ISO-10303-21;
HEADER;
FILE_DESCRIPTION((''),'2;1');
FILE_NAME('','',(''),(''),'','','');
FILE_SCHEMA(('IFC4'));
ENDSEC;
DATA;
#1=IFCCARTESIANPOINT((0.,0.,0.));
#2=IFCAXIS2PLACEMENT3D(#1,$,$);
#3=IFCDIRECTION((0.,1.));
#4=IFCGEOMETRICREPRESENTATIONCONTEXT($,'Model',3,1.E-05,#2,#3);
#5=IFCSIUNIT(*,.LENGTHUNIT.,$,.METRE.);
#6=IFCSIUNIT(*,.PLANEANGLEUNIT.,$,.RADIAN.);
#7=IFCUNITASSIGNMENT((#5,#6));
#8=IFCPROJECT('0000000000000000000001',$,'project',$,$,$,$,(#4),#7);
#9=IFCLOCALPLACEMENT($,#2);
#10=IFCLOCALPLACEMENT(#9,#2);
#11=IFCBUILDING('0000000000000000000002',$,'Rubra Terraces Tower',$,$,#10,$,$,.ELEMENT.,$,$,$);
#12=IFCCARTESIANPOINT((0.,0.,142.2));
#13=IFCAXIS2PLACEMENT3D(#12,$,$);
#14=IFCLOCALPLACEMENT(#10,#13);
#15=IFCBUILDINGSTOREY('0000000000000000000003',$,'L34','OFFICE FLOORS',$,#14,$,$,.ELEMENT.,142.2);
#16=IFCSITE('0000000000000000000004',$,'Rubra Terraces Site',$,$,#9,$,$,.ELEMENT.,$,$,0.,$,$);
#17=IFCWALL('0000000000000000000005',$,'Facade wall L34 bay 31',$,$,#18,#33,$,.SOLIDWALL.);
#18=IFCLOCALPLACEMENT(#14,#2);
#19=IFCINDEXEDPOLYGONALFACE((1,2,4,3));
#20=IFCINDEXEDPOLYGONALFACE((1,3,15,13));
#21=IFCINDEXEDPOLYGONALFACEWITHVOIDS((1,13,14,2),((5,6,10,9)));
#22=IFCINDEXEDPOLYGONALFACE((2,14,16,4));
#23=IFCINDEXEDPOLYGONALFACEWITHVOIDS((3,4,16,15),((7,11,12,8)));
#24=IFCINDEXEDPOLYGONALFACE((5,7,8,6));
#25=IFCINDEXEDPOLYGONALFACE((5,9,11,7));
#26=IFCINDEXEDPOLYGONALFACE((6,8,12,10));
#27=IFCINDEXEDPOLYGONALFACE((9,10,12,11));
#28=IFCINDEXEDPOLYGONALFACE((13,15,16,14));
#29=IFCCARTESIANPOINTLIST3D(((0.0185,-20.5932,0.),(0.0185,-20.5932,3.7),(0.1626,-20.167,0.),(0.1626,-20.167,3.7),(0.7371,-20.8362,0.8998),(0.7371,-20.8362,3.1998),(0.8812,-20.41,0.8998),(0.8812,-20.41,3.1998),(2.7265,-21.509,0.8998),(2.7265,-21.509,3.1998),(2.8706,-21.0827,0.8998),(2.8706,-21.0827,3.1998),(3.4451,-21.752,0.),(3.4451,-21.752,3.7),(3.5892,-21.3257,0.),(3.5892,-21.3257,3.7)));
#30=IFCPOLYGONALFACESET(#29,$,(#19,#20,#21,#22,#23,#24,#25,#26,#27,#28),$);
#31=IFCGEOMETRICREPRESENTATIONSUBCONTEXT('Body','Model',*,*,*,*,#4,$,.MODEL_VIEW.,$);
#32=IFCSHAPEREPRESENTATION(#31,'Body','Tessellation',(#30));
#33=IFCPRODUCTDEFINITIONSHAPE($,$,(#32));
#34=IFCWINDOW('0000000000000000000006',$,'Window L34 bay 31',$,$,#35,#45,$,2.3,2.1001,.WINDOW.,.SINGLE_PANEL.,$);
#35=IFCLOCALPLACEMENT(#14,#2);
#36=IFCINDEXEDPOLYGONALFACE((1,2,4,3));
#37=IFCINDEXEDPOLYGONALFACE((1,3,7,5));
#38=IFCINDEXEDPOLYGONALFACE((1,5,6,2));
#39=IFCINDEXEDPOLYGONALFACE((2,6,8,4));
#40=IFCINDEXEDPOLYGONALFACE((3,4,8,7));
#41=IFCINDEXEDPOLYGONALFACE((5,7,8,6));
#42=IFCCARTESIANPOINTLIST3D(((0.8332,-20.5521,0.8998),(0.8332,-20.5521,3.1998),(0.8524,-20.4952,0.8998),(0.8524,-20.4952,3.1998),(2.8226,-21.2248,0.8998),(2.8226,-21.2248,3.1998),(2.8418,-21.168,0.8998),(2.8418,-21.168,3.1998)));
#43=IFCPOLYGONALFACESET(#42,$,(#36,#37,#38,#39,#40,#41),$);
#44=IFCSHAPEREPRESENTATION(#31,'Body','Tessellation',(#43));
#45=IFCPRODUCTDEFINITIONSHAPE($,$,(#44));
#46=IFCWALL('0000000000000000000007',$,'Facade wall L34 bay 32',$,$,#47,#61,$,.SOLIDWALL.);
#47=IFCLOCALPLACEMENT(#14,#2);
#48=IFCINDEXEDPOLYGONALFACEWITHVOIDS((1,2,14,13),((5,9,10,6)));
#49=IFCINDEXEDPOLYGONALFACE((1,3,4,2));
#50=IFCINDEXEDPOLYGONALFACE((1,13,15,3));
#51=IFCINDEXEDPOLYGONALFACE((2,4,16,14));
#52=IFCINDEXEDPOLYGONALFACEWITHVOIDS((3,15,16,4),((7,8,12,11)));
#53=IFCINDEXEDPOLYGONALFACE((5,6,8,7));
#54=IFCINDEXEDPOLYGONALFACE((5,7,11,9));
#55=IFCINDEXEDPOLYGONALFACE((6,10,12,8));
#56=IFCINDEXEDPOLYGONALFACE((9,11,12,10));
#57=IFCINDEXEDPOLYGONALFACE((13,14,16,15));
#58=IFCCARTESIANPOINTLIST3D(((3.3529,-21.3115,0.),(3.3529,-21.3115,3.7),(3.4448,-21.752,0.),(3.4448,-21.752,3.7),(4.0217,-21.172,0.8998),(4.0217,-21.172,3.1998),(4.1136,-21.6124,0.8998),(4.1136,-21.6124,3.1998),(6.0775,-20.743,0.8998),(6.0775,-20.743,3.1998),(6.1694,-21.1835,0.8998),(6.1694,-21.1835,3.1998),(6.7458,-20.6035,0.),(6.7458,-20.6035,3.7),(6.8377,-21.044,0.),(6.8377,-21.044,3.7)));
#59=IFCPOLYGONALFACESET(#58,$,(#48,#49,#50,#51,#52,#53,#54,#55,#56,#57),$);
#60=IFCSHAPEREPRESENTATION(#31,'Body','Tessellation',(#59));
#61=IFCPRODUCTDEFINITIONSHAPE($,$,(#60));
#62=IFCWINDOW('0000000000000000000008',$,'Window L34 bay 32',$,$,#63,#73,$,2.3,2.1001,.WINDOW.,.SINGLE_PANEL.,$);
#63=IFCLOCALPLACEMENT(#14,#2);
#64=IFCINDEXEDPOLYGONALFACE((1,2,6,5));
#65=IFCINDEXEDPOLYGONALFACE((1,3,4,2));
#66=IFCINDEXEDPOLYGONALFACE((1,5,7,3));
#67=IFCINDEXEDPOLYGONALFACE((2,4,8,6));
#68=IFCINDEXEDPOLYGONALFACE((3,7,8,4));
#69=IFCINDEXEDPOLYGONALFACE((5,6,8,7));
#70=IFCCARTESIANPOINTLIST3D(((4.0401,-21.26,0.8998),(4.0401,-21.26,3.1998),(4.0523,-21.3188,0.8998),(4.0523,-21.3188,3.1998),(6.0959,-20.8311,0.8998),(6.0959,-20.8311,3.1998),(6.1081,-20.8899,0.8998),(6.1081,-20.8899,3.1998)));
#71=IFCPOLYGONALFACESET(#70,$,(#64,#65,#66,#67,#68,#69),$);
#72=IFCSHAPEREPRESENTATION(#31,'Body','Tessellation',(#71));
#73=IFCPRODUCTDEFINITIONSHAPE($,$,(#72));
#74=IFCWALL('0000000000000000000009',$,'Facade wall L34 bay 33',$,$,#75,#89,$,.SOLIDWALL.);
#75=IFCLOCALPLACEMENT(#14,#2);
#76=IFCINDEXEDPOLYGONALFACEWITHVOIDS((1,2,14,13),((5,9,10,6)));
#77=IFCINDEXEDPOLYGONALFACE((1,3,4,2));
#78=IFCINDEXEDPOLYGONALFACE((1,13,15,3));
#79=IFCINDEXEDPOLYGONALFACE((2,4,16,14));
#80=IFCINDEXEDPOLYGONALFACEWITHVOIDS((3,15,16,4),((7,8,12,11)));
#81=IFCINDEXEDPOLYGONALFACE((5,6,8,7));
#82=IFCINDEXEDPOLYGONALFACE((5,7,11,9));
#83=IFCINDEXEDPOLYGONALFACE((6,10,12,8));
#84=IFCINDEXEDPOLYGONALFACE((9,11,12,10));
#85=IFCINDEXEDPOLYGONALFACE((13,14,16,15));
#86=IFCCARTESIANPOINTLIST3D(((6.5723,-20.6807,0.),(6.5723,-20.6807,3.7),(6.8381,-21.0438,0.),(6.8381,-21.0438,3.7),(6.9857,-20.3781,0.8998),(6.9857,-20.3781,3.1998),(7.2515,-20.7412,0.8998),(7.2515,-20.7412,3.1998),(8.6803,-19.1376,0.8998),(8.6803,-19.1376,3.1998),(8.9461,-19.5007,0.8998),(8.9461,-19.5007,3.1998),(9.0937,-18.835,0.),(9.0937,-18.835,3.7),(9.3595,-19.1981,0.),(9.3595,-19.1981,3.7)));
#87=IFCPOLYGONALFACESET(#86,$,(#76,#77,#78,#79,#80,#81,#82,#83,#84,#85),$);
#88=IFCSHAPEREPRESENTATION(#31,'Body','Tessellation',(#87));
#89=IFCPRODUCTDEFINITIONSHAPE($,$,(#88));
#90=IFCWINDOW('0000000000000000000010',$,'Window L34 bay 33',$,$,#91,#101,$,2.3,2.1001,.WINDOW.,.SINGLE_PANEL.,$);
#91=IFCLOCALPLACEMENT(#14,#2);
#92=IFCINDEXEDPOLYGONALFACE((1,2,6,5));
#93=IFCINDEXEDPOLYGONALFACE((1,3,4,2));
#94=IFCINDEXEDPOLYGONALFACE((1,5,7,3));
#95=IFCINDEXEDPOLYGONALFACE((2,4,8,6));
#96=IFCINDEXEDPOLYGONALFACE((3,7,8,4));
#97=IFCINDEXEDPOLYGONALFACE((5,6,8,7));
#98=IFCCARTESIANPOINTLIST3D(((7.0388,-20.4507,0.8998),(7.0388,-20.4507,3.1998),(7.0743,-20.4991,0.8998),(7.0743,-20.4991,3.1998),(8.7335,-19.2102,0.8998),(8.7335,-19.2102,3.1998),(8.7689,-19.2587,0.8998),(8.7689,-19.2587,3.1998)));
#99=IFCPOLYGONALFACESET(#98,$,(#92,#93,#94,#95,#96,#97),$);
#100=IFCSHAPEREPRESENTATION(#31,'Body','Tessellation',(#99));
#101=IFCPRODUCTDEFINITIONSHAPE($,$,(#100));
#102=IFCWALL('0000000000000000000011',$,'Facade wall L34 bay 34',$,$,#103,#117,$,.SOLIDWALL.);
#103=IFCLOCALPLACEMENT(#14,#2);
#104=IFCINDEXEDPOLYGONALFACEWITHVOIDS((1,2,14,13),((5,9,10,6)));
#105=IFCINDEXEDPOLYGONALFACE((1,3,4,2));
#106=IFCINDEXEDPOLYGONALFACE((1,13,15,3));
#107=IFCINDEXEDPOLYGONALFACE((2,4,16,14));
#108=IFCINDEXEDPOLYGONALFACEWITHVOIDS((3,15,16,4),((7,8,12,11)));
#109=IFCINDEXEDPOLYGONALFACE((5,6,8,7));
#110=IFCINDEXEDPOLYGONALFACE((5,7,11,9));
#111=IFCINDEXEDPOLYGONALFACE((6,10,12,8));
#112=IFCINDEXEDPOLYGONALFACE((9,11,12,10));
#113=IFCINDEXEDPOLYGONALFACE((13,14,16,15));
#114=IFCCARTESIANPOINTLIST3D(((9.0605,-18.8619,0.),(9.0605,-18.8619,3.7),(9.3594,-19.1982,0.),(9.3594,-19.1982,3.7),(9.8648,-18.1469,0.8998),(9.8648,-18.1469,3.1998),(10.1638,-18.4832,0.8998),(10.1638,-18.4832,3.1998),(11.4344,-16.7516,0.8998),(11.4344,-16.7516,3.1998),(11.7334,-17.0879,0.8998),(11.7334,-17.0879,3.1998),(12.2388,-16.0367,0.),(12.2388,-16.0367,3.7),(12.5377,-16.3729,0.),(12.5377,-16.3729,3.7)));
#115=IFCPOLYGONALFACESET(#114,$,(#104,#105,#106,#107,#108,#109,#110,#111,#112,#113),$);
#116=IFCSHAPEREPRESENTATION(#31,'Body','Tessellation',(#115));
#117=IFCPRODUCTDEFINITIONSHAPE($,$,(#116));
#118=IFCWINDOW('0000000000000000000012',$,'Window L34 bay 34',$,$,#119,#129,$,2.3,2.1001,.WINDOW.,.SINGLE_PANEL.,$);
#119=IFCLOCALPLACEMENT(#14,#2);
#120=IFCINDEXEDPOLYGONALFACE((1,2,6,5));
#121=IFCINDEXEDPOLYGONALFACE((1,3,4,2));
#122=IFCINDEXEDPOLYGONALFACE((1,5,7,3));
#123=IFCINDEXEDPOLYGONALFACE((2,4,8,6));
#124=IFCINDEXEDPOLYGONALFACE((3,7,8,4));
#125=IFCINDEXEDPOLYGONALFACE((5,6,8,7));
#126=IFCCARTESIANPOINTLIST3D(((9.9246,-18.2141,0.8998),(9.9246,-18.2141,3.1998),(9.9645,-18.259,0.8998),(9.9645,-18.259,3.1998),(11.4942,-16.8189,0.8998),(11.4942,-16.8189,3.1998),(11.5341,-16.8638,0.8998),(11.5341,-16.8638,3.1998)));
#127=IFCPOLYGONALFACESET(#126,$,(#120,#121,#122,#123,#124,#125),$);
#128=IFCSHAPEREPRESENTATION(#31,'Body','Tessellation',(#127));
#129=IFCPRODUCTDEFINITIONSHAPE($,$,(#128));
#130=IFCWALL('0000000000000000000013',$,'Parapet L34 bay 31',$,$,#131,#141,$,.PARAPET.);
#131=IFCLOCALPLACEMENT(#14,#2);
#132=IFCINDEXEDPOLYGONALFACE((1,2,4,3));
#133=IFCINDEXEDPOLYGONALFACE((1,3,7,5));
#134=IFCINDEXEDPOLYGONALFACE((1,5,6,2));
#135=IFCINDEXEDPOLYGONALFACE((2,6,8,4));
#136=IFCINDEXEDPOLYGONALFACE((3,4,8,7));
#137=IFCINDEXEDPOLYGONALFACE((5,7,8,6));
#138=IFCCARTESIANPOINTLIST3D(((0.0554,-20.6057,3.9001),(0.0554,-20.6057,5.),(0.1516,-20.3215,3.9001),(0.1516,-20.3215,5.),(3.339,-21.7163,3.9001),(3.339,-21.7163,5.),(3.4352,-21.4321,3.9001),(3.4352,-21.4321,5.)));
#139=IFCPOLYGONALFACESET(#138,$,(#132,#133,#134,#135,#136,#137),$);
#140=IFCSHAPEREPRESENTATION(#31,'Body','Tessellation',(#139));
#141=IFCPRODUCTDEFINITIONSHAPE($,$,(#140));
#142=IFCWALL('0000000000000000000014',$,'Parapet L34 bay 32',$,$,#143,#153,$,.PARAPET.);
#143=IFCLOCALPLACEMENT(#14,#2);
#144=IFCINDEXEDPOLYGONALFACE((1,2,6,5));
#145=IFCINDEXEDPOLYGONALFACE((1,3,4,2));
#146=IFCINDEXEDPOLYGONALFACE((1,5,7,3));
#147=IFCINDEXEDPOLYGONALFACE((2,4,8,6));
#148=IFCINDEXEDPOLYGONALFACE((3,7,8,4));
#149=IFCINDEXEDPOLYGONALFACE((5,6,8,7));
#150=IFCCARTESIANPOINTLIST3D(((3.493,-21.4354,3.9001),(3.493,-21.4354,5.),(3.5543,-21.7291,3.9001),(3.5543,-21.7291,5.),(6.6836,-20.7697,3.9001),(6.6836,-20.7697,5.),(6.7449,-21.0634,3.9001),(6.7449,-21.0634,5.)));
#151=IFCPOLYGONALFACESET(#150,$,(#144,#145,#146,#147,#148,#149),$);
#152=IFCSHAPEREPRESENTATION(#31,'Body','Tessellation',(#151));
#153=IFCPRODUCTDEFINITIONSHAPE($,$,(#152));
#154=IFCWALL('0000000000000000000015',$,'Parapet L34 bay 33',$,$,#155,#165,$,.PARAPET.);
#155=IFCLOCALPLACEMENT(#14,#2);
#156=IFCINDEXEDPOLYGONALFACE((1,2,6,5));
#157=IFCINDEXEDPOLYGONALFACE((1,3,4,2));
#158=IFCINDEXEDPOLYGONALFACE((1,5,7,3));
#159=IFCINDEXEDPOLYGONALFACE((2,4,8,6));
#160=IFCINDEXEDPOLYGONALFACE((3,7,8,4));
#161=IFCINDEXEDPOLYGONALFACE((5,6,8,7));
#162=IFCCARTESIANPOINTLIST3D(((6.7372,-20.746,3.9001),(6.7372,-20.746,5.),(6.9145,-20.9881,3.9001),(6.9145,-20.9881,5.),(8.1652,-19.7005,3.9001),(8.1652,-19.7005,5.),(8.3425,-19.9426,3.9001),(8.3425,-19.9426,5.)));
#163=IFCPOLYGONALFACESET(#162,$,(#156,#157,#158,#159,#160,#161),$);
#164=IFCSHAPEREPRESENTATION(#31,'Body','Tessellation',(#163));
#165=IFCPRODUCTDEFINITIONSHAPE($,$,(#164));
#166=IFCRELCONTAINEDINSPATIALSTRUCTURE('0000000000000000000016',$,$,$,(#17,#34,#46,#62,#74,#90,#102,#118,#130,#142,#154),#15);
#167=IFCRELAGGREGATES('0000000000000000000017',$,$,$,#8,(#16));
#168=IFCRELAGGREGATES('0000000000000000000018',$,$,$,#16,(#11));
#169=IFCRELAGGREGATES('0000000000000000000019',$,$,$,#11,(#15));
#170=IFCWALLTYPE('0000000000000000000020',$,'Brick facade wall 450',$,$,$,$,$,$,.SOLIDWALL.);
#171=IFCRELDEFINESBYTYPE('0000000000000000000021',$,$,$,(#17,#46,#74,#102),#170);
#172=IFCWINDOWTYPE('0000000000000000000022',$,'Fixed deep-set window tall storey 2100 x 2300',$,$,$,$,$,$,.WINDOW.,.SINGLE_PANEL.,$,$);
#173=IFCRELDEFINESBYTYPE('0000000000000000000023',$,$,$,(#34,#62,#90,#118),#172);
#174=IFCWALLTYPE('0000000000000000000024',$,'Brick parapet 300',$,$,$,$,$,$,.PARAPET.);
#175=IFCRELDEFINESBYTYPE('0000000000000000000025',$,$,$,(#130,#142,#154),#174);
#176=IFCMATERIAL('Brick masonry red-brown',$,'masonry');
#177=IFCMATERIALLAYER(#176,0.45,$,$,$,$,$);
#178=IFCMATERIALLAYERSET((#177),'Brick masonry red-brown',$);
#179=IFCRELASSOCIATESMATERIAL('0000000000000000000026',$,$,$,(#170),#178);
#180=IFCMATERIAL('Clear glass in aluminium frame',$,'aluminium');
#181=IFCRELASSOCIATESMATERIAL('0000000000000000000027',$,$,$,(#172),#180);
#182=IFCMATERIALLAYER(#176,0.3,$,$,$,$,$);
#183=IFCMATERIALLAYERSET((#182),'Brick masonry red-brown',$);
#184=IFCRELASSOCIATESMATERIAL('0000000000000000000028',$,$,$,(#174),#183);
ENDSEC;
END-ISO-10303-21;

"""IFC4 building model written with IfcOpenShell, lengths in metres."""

from ifc_helpers import new_model, si_unit, direction, frame, frame_2d, origin, place, context, subcontext, project, spatial, rectangle, extrude, material, layer, layer_set, type_object, element, fill, save


model = new_model("IFC4")

# Units and contexts
model_context = context("Model", 3, precision=1e-05, world=origin(), true_north=direction((0.0, 1.0)))
body_context = subcontext(model_context, "Body", "Model", "MODEL_VIEW")
ifc_project = project(units=[si_unit("LENGTHUNIT", "METRE"), si_unit("PLANEANGLEUNIT", "RADIAN")], contexts=[model_context])

# Site, building, storey
site_placement = place(None, origin())
site = spatial("IfcSite", under=ifc_project, at=site_placement, Name="Rubra Terraces Site", CompositionType="ELEMENT", RefElevation=0.0)
building_placement = place(site_placement, origin())
building = spatial("IfcBuilding", under=site, at=building_placement, Name="Rubra Terraces Tower", CompositionType="ELEMENT")
storey_placement = place(building_placement, frame((0.0, 0.0, 142.2)))
storey = spatial("IfcBuildingStorey", under=building, at=storey_placement, Name="L34", Description="OFFICE FLOORS", CompositionType="ELEMENT", Elevation=142.2)

# Walls, openings, windows
ifc_material_1 = material(Name="Brick masonry red-brown", Category="masonry")
ifc_layer_1 = layer(ifc_material_1, 0.45)
ifc_layer_set_1 = layer_set([ifc_layer_1], Name="Brick masonry red-brown")
wall_type_1 = type_object("IfcWallType", Name="Brick facade wall 450", PredefinedType="SOLIDWALL", material=ifc_layer_set_1)
wall_1_placement = place(storey_placement, frame((0.0906, -20.3801, 0.0), z_axis=(0.0, 0.0, 1.0), x_axis=(0.947304, -0.320335, 0.0)))
wall_1 = element("IfcWall", 1, at=wall_1_placement, inside=storey, type_object=wall_type_1, Name="Facade wall L34 bay 31", PredefinedType="SOLIDWALL", context=body_context, shape_type="SweptSolid", body=[
    extrude(rectangle(XDim=3.6172, YDim=0.45, at=frame_2d((1.8086, 0.0))), origin(), (0.0, 0.0, 1.0), 3.7),
])
opening_1_placement = place(wall_1_placement, frame((0.7585, 0.0, 0.8999)))
opening_1 = element("IfcOpeningElement", 2, at=opening_1_placement, cuts=wall_1, PredefinedType="OPENING", context=body_context, shape_type="SweptSolid", body=[
    extrude(rectangle(XDim=2.1001, YDim=2.3, at=frame_2d((1.05, 1.1499))), frame((0.0, 0.2349, 0.0), z_axis=(0.0, -1.0, 0.0), x_axis=(1.0, 0.0, 0.0)), (0.0, 0.0, 1.0), 0.47),
])
ifc_material_2 = material(Name="Clear glass in aluminium frame", Category="aluminium")
window_type = type_object("IfcWindowType", Name="Fixed deep-set window tall storey 2100 x 2300", PartitioningType="SINGLE_PANEL", PredefinedType="WINDOW", material=ifc_material_2)
window_1_placement = place(opening_1_placement, origin())
window_1 = element("IfcWindow", 3, at=window_1_placement, inside=storey, type_object=window_type, Name="Window L34 bay 31", OverallHeight=2.3, OverallWidth=2.1001, PartitioningType="SINGLE_PANEL", PredefinedType="WINDOW", context=body_context, shape_type="SweptSolid", body=[
    extrude(rectangle(XDim=2.1001, YDim=2.3, at=frame_2d((1.05, 1.1499))), frame((0.0, 0.135, 0.0), z_axis=(0.0, -1.0, 0.0), x_axis=(1.0, 0.0, 0.0)), (0.0, 0.0, 1.0), 0.0601),
])
fill(opening_1, window_1)
wall_2_placement = place(storey_placement, frame((3.3989, -21.5317, 0.0), z_axis=(0.0, 0.0, 1.0), x_axis=(0.978916, 0.204264, 0.0)))
wall_2 = element("IfcWall", 4, at=wall_2_placement, inside=storey, type_object=wall_type_1, Name="Facade wall L34 bay 32", PredefinedType="SOLIDWALL", context=body_context, shape_type="SweptSolid", body=[
    extrude(rectangle(XDim=3.4661, YDim=0.45, at=frame_2d((1.7329, 0.0))), origin(), (0.0, 0.0, 1.0), 3.7),
])
opening_2_placement = place(wall_2_placement, frame((0.6831, 0.0, 0.8999)))
opening_2 = element("IfcOpeningElement", 5, at=opening_2_placement, cuts=wall_2, PredefinedType="OPENING", context=body_context, shape_type="SweptSolid", body=[
    extrude(rectangle(XDim=2.1001, YDim=2.3, at=frame_2d((1.05, 1.1499))), frame((0.0, 0.2349, 0.0), z_axis=(0.0, -1.0, 0.0), x_axis=(1.0, 0.0, 0.0)), (0.0, 0.0, 1.0), 0.47),
])
window_2_placement = place(opening_2_placement, origin())
window_2 = element("IfcWindow", 6, at=window_2_placement, inside=storey, type_object=window_type, Name="Window L34 bay 32", OverallHeight=2.3, OverallWidth=2.1001, PartitioningType="SINGLE_PANEL", PredefinedType="WINDOW", context=body_context, shape_type="SweptSolid", body=[
    extrude(rectangle(XDim=2.1001, YDim=2.3, at=frame_2d((1.05, 1.1499))), frame((0.0, 0.135, 0.0), z_axis=(0.0, -1.0, 0.0), x_axis=(1.0, 0.0, 0.0)), (0.0, 0.0, 1.0), 0.0601),
])
fill(opening_2, window_2)
wall_3_placement = place(storey_placement, frame((6.7051, -20.8623, 0.0), z_axis=(0.0, 0.0, 1.0), x_axis=(0.806921, 0.590659, 0.0)))
wall_3 = element("IfcWall", 7, at=wall_3_placement, inside=storey, type_object=wall_type_1, Name="Facade wall L34 bay 33", PredefinedType="SOLIDWALL", context=body_context, shape_type="SweptSolid", body=[
    extrude(rectangle(XDim=3.1248, YDim=0.45, at=frame_2d((1.5625, 0.0))), origin(), (0.0, 0.0, 1.0), 3.7),
])
opening_3_placement = place(wall_3_placement, frame((0.5125, 0.0, 0.8999)))
opening_3 = element("IfcOpeningElement", 8, at=opening_3_placement, cuts=wall_3, PredefinedType="OPENING", context=body_context, shape_type="SweptSolid", body=[
    extrude(rectangle(XDim=2.1001, YDim=2.3, at=frame_2d((1.05, 1.1499))), frame((0.0, 0.2349, 0.0), z_axis=(0.0, -1.0, 0.0), x_axis=(1.0, 0.0, 0.0)), (0.0, 0.0, 1.0), 0.47),
])
window_3_placement = place(opening_3_placement, origin())
window_3 = element("IfcWindow", 9, at=window_3_placement, inside=storey, type_object=window_type, Name="Window L34 bay 33", OverallHeight=2.3, OverallWidth=2.1001, PartitioningType="SINGLE_PANEL", PredefinedType="WINDOW", context=body_context, shape_type="SweptSolid", body=[
    extrude(rectangle(XDim=2.1001, YDim=2.3, at=frame_2d((1.05, 1.1499))), frame((0.0, 0.135, 0.0), z_axis=(0.0, -1.0, 0.0), x_axis=(1.0, 0.0, 0.0)), (0.0, 0.0, 1.0), 0.0601),
])
fill(opening_3, window_3)
wall_4_placement = place(storey_placement, frame((9.21, -19.03, 0.0), z_axis=(0.0, 0.0, 1.0), x_axis=(0.747397, 0.664378, 0.0)))
wall_4 = element("IfcWall", 10, at=wall_4_placement, inside=storey, type_object=wall_type_1, Name="Facade wall L34 bay 34", PredefinedType="SOLIDWALL", context=body_context, shape_type="SweptSolid", body=[
    extrude(rectangle(XDim=4.2524, YDim=0.45, at=frame_2d((2.1262, 0.0))), origin(), (0.0, 0.0, 1.0), 3.7),
])
opening_4_placement = place(wall_4_placement, frame((1.0762, 0.0, 0.8999)))
opening_4 = element("IfcOpeningElement", 11, at=opening_4_placement, cuts=wall_4, PredefinedType="OPENING", context=body_context, shape_type="SweptSolid", body=[
    extrude(rectangle(XDim=2.1001, YDim=2.3, at=frame_2d((1.05, 1.1499))), frame((0.0, 0.2349, 0.0), z_axis=(0.0, -1.0, 0.0), x_axis=(1.0, 0.0, 0.0)), (0.0, 0.0, 1.0), 0.47),
])
window_4_placement = place(opening_4_placement, origin())
window_4 = element("IfcWindow", 12, at=window_4_placement, inside=storey, type_object=window_type, Name="Window L34 bay 34", OverallHeight=2.3, OverallWidth=2.1001, PartitioningType="SINGLE_PANEL", PredefinedType="WINDOW", context=body_context, shape_type="SweptSolid", body=[
    extrude(rectangle(XDim=2.1001, YDim=2.3, at=frame_2d((1.05, 1.1499))), frame((0.0, 0.135, 0.0), z_axis=(0.0, -1.0, 0.0), x_axis=(1.0, 0.0, 0.0)), (0.0, 0.0, 1.0), 0.0601),
])
fill(opening_4, window_4)

# Walls
ifc_layer_2 = layer(ifc_material_1, 0.3)
ifc_layer_set_2 = layer_set([ifc_layer_2], Name="Brick masonry red-brown")
wall_type_2 = type_object("IfcWallType", Name="Brick parapet 300", PredefinedType="PARAPET", material=ifc_layer_set_2)
wall_5_placement = place(storey_placement, frame((0.1035, -20.4636, 3.9001), z_axis=(0.0, 0.0, 1.0), x_axis=(0.947287, -0.320387, 0.0)))
element("IfcWall", 13, at=wall_5_placement, inside=storey, type_object=wall_type_2, Name="Parapet L34 bay 31", PredefinedType="PARAPET", context=body_context, shape_type="SweptSolid", body=[
    extrude(rectangle(XDim=3.4663, YDim=0.3, at=frame_2d((1.7332, 0.0))), origin(), (0.0, 0.0, 1.0), 1.0999),
])
wall_6_placement = place(storey_placement, frame((3.5237, -21.5823, 3.9001), z_axis=(0.0, 0.0, 1.0), x_axis=(0.978916, 0.204262, 0.0)))
element("IfcWall", 14, at=wall_6_placement, inside=storey, type_object=wall_type_2, Name="Parapet L34 bay 32", PredefinedType="PARAPET", context=body_context, shape_type="SweptSolid", body=[
    extrude(rectangle(XDim=3.2593, YDim=0.3, at=frame_2d((1.6296, 0.0))), origin(), (0.0, 0.0, 1.0), 1.0999),
])
wall_7_placement = place(storey_placement, frame((6.8259, -20.8669, 3.9001), z_axis=(0.0, 0.0, 1.0), x_axis=(0.806883, 0.590712, 0.0)))
element("IfcWall", 15, at=wall_7_placement, inside=storey, type_object=wall_type_2, Name="Parapet L34 bay 33", PredefinedType="PARAPET", context=body_context, shape_type="SweptSolid", body=[
    extrude(rectangle(XDim=1.7698, YDim=0.3, at=frame_2d((0.8848, 0.0))), origin(), (0.0, 0.0, 1.0), 1.0999),
])

save(model, "model.ifc")
